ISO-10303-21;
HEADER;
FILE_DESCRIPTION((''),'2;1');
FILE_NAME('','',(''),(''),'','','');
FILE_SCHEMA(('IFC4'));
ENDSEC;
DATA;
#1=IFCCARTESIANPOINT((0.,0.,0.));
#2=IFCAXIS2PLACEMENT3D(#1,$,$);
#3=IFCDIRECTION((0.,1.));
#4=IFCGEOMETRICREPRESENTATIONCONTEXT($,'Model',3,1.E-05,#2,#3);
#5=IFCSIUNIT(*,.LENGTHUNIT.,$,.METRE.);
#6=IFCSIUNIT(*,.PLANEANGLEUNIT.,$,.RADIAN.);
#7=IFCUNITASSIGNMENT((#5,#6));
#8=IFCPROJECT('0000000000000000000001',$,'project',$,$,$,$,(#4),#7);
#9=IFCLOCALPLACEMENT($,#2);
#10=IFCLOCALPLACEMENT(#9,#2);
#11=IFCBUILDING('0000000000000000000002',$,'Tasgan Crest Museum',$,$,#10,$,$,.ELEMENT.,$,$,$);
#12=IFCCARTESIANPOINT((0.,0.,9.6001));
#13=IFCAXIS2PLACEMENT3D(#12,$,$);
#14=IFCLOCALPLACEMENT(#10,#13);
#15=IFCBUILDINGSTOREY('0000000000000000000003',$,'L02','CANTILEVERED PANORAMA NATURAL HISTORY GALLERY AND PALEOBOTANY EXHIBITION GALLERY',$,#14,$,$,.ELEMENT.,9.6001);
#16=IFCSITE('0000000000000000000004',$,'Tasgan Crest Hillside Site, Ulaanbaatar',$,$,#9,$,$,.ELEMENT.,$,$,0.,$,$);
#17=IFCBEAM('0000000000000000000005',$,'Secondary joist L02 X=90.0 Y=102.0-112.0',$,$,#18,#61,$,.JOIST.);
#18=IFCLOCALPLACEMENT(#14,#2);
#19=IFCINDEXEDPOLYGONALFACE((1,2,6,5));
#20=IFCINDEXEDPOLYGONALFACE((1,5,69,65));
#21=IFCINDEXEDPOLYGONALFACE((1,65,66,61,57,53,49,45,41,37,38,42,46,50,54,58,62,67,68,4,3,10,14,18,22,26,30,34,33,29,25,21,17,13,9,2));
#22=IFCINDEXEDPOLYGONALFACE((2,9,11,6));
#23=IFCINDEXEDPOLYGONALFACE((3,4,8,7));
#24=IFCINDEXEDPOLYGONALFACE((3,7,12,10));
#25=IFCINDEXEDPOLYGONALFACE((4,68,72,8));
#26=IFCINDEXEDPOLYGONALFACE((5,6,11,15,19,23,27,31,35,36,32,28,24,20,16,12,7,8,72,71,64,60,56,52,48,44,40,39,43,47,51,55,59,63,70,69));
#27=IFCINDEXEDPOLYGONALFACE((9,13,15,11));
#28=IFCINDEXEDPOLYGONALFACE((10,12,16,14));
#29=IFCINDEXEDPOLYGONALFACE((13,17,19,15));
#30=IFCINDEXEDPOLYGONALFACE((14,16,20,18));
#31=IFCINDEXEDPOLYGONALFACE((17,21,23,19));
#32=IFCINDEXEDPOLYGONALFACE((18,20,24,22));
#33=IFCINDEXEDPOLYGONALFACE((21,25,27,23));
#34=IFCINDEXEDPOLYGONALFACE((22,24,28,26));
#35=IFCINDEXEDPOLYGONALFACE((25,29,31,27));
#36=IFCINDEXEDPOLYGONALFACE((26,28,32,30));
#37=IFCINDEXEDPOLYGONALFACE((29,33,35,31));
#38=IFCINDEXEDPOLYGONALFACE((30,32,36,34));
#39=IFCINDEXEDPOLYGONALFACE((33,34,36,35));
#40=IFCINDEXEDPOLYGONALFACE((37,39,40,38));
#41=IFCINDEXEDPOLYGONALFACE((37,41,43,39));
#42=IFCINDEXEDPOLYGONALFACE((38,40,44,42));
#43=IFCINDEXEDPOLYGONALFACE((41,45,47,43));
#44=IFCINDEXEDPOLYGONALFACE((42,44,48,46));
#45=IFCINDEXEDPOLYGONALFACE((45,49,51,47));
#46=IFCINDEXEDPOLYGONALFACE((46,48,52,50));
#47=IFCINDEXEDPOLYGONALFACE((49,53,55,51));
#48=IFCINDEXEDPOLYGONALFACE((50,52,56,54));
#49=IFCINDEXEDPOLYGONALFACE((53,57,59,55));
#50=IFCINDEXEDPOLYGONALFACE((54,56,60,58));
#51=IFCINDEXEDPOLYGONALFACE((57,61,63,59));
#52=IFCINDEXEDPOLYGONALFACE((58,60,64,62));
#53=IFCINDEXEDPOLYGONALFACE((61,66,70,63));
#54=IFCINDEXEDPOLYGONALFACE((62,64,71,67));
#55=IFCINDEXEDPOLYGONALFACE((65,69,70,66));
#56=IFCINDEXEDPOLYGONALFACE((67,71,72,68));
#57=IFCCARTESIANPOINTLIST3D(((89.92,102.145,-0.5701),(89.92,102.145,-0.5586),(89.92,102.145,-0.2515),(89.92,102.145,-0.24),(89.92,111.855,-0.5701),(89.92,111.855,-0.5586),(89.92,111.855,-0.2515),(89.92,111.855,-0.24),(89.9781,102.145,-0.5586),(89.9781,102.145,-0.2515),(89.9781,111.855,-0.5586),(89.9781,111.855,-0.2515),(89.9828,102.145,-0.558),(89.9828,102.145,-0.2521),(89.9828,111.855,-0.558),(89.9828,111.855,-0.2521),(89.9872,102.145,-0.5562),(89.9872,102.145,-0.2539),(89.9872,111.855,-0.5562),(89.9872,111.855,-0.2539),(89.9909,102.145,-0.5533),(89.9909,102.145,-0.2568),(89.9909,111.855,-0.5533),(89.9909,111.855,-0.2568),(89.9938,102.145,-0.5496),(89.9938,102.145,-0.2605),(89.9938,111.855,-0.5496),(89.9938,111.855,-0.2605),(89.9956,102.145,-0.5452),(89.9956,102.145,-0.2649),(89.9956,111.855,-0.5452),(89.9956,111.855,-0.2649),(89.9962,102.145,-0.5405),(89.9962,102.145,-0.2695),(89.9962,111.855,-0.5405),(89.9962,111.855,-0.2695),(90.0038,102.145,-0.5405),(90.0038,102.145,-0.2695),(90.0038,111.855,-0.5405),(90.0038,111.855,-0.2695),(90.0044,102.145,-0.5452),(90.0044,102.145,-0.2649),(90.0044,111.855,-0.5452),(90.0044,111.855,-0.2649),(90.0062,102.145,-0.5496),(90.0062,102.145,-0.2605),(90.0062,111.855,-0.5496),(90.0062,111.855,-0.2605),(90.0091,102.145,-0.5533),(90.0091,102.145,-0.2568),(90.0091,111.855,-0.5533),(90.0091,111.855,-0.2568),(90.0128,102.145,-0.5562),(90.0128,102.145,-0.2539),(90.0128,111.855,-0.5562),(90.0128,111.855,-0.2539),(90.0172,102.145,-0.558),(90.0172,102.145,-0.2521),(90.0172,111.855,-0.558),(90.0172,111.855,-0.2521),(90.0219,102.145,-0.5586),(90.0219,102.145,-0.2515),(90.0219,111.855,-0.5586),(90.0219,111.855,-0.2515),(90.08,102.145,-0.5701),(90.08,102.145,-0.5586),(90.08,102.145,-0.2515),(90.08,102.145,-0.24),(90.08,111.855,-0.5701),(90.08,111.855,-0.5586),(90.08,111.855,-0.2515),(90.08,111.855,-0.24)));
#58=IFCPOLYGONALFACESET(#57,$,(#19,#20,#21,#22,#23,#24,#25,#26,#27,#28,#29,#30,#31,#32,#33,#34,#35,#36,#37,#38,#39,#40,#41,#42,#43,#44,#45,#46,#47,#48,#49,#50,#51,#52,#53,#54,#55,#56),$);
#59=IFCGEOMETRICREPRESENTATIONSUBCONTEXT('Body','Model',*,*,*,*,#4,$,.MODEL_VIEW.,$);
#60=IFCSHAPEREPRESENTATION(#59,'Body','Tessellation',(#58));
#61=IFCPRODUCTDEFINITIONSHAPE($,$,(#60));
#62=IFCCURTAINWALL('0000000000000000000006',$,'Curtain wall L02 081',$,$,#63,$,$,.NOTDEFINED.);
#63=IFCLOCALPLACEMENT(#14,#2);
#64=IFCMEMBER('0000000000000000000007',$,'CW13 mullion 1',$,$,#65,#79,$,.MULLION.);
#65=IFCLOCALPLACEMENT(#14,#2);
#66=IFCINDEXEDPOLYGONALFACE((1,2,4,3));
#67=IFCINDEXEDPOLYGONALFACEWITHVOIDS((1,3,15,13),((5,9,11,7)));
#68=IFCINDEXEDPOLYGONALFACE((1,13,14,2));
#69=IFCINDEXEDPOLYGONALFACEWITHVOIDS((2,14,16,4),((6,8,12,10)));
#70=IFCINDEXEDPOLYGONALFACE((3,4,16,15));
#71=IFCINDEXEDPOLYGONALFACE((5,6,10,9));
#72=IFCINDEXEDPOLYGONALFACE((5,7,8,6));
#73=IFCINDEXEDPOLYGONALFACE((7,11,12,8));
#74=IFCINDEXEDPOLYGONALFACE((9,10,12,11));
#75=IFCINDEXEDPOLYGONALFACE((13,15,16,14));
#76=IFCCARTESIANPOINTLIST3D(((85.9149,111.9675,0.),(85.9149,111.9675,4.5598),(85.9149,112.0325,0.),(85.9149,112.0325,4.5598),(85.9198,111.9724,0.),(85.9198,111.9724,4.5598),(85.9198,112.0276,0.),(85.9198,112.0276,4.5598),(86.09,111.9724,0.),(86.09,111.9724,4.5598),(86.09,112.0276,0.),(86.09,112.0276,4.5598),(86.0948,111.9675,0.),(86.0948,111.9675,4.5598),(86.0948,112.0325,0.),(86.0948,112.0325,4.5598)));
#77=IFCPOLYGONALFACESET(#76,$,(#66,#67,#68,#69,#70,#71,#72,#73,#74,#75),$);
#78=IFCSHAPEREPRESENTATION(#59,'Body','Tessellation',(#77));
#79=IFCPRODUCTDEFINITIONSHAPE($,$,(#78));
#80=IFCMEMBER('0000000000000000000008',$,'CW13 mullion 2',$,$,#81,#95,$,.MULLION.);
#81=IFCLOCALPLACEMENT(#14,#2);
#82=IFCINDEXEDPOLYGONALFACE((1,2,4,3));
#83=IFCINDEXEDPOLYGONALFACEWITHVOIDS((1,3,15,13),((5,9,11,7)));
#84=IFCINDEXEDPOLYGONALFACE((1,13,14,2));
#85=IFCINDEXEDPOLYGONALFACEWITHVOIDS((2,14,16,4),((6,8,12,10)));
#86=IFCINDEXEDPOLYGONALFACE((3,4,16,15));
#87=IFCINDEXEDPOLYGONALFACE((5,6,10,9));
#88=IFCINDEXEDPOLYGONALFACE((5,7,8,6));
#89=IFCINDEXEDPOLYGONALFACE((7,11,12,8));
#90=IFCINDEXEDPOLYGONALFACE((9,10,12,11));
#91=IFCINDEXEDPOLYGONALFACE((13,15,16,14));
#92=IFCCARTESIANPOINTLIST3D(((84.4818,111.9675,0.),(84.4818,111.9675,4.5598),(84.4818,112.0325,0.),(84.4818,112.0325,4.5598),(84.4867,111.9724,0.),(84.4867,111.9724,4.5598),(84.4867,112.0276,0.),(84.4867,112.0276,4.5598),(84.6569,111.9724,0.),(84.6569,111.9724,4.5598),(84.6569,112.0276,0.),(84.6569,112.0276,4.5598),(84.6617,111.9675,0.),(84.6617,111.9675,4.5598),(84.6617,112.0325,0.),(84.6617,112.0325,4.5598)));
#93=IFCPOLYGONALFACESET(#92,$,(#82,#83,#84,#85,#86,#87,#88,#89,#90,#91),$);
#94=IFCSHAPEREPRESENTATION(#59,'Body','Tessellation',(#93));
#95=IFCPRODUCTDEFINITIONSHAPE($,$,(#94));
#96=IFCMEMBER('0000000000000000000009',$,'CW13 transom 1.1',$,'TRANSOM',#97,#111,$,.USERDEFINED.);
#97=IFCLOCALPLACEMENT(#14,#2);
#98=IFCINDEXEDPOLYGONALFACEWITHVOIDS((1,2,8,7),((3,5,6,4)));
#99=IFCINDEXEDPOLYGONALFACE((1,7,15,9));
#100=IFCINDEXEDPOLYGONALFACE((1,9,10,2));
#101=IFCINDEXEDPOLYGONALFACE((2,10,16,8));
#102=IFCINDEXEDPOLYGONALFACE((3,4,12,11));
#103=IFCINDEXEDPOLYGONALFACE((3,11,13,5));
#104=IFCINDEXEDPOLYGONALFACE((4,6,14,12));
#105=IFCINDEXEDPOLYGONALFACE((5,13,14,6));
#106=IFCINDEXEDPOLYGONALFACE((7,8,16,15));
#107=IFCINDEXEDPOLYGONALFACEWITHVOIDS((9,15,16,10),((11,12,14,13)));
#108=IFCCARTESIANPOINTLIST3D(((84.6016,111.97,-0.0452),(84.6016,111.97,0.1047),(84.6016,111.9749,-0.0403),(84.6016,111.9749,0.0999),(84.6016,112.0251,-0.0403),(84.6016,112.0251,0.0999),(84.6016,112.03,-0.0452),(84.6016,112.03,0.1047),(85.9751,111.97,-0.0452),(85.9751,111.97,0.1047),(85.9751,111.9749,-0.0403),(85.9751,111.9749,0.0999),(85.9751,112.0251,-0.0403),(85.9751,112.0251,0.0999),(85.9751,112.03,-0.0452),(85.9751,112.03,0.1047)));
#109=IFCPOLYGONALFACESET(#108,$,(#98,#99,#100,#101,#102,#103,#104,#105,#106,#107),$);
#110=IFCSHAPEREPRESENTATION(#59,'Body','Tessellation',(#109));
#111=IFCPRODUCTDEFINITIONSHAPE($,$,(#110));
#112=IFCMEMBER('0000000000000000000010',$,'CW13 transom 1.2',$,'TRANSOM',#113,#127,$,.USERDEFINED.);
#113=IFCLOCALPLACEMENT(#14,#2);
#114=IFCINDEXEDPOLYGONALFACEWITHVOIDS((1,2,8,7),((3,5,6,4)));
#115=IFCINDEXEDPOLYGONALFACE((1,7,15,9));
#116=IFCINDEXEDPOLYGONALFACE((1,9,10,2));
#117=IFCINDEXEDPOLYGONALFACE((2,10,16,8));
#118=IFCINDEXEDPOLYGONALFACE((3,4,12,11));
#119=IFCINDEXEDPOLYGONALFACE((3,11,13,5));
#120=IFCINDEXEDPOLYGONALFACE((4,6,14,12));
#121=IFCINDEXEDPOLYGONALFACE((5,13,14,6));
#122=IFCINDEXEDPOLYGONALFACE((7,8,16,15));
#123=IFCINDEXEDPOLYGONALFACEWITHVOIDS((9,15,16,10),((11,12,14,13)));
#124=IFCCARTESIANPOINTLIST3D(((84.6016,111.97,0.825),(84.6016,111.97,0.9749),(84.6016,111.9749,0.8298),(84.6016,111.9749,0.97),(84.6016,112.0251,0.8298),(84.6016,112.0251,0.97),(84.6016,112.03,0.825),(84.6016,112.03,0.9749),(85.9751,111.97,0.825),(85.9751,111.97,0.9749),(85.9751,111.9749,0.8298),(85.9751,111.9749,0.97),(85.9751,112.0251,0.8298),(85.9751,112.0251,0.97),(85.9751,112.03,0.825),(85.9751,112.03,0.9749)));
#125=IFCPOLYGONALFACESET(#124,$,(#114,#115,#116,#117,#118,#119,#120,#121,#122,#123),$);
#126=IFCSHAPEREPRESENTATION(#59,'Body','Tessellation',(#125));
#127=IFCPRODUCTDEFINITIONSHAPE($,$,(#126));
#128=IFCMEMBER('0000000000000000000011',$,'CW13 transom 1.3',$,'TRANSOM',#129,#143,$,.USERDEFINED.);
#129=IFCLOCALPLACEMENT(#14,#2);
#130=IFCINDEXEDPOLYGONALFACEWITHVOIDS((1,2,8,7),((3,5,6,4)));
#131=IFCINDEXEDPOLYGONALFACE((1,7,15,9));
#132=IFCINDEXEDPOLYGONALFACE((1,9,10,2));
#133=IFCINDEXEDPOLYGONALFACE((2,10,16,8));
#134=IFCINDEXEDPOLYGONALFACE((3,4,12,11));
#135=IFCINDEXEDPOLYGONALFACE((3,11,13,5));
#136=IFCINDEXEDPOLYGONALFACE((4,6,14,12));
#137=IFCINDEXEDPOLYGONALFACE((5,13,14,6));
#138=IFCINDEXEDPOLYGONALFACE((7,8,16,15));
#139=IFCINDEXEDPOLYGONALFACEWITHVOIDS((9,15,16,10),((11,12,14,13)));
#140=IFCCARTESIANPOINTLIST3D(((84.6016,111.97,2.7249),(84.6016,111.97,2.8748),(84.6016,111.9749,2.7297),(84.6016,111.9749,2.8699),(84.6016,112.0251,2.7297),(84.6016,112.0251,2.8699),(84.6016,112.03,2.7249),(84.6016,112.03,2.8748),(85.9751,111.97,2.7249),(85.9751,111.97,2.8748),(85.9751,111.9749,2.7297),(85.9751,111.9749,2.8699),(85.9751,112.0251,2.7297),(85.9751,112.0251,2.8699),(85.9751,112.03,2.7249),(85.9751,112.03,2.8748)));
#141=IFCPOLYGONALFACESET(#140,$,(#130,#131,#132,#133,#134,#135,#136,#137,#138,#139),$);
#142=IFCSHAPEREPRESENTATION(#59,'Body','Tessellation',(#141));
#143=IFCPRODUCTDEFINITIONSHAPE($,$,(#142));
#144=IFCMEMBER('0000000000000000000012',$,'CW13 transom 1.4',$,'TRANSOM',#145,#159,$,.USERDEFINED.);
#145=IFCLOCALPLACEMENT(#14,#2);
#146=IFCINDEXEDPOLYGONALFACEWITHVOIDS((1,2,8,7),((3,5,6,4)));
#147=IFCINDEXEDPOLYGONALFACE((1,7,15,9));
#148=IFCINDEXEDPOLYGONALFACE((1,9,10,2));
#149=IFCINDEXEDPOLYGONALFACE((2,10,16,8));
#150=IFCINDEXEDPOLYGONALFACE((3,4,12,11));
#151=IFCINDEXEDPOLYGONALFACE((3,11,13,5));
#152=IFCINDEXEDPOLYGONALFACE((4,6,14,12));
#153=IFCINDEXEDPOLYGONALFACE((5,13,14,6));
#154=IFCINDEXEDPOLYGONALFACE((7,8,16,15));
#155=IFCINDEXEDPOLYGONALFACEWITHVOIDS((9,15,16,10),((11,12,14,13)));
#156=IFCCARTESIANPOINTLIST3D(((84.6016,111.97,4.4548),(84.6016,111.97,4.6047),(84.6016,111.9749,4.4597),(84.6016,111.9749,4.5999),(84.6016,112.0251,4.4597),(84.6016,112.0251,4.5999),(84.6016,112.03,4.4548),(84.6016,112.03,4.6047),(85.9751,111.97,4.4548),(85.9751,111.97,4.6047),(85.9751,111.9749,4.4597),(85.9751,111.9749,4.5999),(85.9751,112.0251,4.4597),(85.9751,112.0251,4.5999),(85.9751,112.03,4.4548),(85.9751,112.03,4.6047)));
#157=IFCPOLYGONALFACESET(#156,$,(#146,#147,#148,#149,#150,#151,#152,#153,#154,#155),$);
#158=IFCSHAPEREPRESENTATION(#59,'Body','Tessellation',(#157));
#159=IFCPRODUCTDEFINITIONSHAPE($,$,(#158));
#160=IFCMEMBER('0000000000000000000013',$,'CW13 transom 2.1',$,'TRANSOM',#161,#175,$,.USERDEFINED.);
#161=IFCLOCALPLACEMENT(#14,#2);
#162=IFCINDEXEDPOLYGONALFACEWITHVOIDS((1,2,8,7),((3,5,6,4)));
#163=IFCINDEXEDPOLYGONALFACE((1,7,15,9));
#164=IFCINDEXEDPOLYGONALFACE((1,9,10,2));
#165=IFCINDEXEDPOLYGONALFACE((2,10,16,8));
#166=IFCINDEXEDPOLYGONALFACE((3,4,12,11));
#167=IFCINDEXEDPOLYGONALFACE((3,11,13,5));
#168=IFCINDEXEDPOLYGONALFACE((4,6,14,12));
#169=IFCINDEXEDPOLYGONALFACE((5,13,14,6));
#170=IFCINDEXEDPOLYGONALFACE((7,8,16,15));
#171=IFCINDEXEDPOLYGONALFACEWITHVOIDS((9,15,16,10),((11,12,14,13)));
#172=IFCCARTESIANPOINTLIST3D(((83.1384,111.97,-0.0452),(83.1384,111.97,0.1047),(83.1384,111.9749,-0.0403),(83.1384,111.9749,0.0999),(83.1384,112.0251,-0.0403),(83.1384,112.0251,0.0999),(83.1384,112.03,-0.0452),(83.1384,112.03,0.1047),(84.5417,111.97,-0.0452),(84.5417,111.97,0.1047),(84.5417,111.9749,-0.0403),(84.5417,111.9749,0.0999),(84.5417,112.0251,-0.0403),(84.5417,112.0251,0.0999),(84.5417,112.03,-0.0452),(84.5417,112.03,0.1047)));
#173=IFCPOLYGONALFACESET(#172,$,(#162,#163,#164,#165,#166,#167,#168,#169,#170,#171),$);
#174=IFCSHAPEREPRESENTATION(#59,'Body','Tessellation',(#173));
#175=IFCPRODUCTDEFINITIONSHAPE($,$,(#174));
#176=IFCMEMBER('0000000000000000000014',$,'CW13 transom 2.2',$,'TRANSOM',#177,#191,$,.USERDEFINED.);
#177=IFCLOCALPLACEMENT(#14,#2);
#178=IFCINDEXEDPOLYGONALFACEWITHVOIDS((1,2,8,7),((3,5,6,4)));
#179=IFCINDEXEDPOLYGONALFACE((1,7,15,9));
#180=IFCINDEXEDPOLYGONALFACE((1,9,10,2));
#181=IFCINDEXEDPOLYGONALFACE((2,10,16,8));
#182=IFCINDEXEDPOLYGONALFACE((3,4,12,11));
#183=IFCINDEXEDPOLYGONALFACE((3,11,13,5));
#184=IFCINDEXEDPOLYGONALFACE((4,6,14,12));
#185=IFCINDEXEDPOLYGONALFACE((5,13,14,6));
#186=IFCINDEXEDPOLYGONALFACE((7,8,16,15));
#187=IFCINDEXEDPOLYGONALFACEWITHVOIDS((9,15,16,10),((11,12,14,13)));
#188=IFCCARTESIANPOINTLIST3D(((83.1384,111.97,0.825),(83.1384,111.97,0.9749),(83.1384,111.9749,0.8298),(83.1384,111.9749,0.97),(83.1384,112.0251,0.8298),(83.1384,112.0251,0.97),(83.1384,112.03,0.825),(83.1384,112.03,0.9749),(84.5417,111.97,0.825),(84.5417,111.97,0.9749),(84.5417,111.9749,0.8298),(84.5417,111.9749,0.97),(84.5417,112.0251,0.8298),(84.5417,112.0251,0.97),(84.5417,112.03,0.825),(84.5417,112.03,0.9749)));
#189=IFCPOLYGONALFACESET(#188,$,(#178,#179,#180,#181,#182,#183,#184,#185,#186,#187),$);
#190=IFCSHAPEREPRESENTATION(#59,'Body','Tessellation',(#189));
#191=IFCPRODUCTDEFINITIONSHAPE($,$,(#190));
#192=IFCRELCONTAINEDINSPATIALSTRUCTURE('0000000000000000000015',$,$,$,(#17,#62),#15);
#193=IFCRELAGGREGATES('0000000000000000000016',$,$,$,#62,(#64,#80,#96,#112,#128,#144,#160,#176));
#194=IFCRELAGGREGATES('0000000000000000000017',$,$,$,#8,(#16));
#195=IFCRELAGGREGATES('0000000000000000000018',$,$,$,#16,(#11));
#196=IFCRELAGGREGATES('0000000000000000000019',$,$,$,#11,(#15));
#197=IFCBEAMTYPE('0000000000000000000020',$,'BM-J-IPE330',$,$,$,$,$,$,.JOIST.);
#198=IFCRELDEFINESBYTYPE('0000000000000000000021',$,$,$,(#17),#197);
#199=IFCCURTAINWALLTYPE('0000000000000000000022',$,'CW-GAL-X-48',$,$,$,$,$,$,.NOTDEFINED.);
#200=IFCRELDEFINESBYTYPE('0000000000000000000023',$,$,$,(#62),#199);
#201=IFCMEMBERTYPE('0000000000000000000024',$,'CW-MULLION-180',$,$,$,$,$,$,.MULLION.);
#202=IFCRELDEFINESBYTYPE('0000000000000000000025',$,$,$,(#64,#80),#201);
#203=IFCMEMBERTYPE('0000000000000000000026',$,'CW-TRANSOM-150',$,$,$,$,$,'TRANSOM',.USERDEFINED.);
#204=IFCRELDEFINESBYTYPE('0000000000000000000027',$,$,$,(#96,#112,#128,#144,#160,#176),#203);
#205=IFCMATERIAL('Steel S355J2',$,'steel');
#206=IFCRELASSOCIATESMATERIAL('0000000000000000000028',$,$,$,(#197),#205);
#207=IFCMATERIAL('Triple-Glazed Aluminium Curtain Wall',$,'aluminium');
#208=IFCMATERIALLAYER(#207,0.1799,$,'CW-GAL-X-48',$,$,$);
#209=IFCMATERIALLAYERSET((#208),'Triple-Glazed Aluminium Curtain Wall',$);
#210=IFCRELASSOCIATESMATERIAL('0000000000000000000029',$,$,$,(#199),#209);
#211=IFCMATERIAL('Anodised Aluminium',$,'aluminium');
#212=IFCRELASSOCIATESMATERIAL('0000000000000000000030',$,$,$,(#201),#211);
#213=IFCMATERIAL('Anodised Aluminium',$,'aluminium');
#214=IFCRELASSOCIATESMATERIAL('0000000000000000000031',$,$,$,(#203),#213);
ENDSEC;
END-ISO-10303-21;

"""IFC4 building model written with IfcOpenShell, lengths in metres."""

from ifc_helpers import new_model, si_unit, direction, frame, origin, origin_2d, place, context, subcontext, project, spatial, hollow_rectangle, i_section, extrude, material, layer, layer_set, material_profile, profile_set, type_object, element, aggregate, save


model = new_model("IFC4")

# Units and contexts
model_context = context("Model", 3, precision=1e-05, world=origin(), true_north=direction((0.0, 1.0)))
body_context = subcontext(model_context, "Body", "Model", "MODEL_VIEW")
ifc_project = project(units=[si_unit("LENGTHUNIT", "METRE"), si_unit("PLANEANGLEUNIT", "RADIAN")], contexts=[model_context])

# Site, building, storey
site_placement = place(None, origin())
site = spatial("IfcSite", under=ifc_project, at=site_placement, Name="Tasgan Crest Hillside Site, Ulaanbaatar", CompositionType="ELEMENT", RefElevation=0.0)
building_placement = place(site_placement, origin())
building = spatial("IfcBuilding", under=site, at=building_placement, Name="Tasgan Crest Museum", CompositionType="ELEMENT")
storey_placement = place(building_placement, frame((0.0, 0.0, 9.6001)))
storey = spatial("IfcBuildingStorey", under=building, at=storey_placement, Name="L02", Description="CANTILEVERED PANORAMA NATURAL HISTORY GALLERY AND PALEOBOTANY EXHIBITION GALLERY", CompositionType="ELEMENT", Elevation=9.6001)

# Beam
ifc_material_1 = material(Name="Steel S355J2", Category="steel")
ifc_material_profile_1 = material_profile(ifc_material_1, i_section(OverallWidth=0.1599, OverallDepth=0.3301, WebThickness=0.0076, FlangeThickness=0.0115, FilletRadius=0.0181, at=origin_2d()), Name="IPE 330")
ifc_profile_set_1 = profile_set([ifc_material_profile_1], Name="Steel S355J2")
beam_type_1 = type_object("IfcBeamType", Name="BM-J-IPE330", PredefinedType="JOIST", material=ifc_profile_set_1)
beam_1_placement = place(storey_placement, frame((90.0, 102.145, -0.405), z_axis=(0.0, 1.0, 0.0), x_axis=(-1.0, 0.0, 0.0)))
element("IfcBeam", 1, at=beam_1_placement, inside=storey, type_object=beam_type_1, Name="Secondary joist L02 X=90.0 Y=102.0-112.0", PredefinedType="JOIST", context=body_context, shape_type="SweptSolid", body=[
    extrude(i_section(OverallWidth=0.1599, OverallDepth=0.3301, WebThickness=0.0076, FlangeThickness=0.0115, FilletRadius=0.0181, at=origin_2d()), origin(), (0.0, 0.0, 1.0), 9.71),
])

# Curtain wall, members
ifc_material_2 = material(Name="Triple-Glazed Aluminium Curtain Wall", Category="aluminium")
ifc_layer_1 = layer(ifc_material_2, 0.1799, Name="CW-GAL-X-48")
ifc_layer_set_1 = layer_set([ifc_layer_1], Name="Triple-Glazed Aluminium Curtain Wall")
curtain_wall_type = type_object("IfcCurtainWallType", Name="CW-GAL-X-48", PredefinedType="NOTDEFINED", material=ifc_layer_set_1)
curtain_wall_placement = place(storey_placement, origin())
curtain_wall = element("IfcCurtainWall", 2, at=curtain_wall_placement, inside=storey, type_object=curtain_wall_type, Name="Curtain wall L02 081", PredefinedType="NOTDEFINED")
ifc_material_3 = material(Name="Anodised Aluminium", Category="aluminium")
ifc_material_profile_2 = material_profile(ifc_material_3, hollow_rectangle(XDim=0.0649, YDim=0.1799, WallThickness=0.0049, at=origin_2d()), Name="ALU MULLION 180x65x5")
ifc_profile_set_2 = profile_set([ifc_material_profile_2], Name="Anodised Aluminium")
member_type_1 = type_object("IfcMemberType", Name="CW-MULLION-180", PredefinedType="MULLION", material=ifc_profile_set_2)
member_1_placement = place(storey_placement, frame((86.0049, 112.0, 0.0), z_axis=(0.0, 0.0, 1.0), x_axis=(0.0, -1.0, 0.0)))
member_1 = element("IfcMember", 3, at=member_1_placement, type_object=member_type_1, Name="CW13 mullion 1", PredefinedType="MULLION", context=body_context, shape_type="SweptSolid", body=[
    extrude(hollow_rectangle(XDim=0.0649, YDim=0.1799, WallThickness=0.0049, at=origin_2d()), origin(), (0.0, 0.0, 1.0), 4.5598),
])
member_2_placement = place(storey_placement, frame((84.5718, 112.0, 0.0), z_axis=(0.0, 0.0, 1.0), x_axis=(0.0, -1.0, 0.0)))
member_2 = element("IfcMember", 4, at=member_2_placement, type_object=member_type_1, Name="CW13 mullion 2", PredefinedType="MULLION", context=body_context, shape_type="SweptSolid", body=[
    extrude(hollow_rectangle(XDim=0.0649, YDim=0.1799, WallThickness=0.0049, at=origin_2d()), origin(), (0.0, 0.0, 1.0), 4.5598),
])
ifc_material_4 = material(Name="Anodised Aluminium", Category="aluminium")
ifc_material_profile_3 = material_profile(ifc_material_4, hollow_rectangle(XDim=0.0601, YDim=0.1499, WallThickness=0.0049, at=origin_2d()), Name="ALU TRANSOM 150x60x5")
ifc_profile_set_3 = profile_set([ifc_material_profile_3], Name="Anodised Aluminium")
member_type_2 = type_object("IfcMemberType", Name="CW-TRANSOM-150", ElementType="TRANSOM", PredefinedType="USERDEFINED", material=ifc_profile_set_3)
member_3_placement = place(storey_placement, frame((85.9751, 112.0, 0.0298), z_axis=(-1.0, 0.0, 0.0), x_axis=(0.0, -1.0, 0.0)))
member_3 = element("IfcMember", 5, at=member_3_placement, type_object=member_type_2, Name="CW13 transom 1.1", ObjectType="TRANSOM", PredefinedType="USERDEFINED", context=body_context, shape_type="SweptSolid", body=[
    extrude(hollow_rectangle(XDim=0.0601, YDim=0.1499, WallThickness=0.0049, at=origin_2d()), origin(), (0.0, 0.0, 1.0), 1.3735),
])
member_4_placement = place(storey_placement, frame((85.9751, 112.0, 0.8999), z_axis=(-1.0, 0.0, 0.0), x_axis=(0.0, -1.0, 0.0)))
member_4 = element("IfcMember", 6, at=member_4_placement, type_object=member_type_2, Name="CW13 transom 1.2", ObjectType="TRANSOM", PredefinedType="USERDEFINED", context=body_context, shape_type="SweptSolid", body=[
    extrude(hollow_rectangle(XDim=0.0601, YDim=0.1499, WallThickness=0.0049, at=origin_2d()), origin(), (0.0, 0.0, 1.0), 1.3735),
])
member_5_placement = place(storey_placement, frame((85.9751, 112.0, 2.7998), z_axis=(-1.0, 0.0, 0.0), x_axis=(0.0, -1.0, 0.0)))
member_5 = element("IfcMember", 7, at=member_5_placement, type_object=member_type_2, Name="CW13 transom 1.3", ObjectType="TRANSOM", PredefinedType="USERDEFINED", context=body_context, shape_type="SweptSolid", body=[
    extrude(hollow_rectangle(XDim=0.0601, YDim=0.1499, WallThickness=0.0049, at=origin_2d()), origin(), (0.0, 0.0, 1.0), 1.3735),
])
member_6_placement = place(storey_placement, frame((85.9751, 112.0, 4.5298), z_axis=(-1.0, 0.0, 0.0), x_axis=(0.0, -1.0, 0.0)))
member_6 = element("IfcMember", 8, at=member_6_placement, type_object=member_type_2, Name="CW13 transom 1.4", ObjectType="TRANSOM", PredefinedType="USERDEFINED", context=body_context, shape_type="SweptSolid", body=[
    extrude(hollow_rectangle(XDim=0.0601, YDim=0.1499, WallThickness=0.0049, at=origin_2d()), origin(), (0.0, 0.0, 1.0), 1.3735),
])
member_7_placement = place(storey_placement, frame((84.5417, 112.0, 0.0298), z_axis=(-1.0, 0.0, 0.0), x_axis=(0.0, -1.0, 0.0)))
member_7 = element("IfcMember", 9, at=member_7_placement, type_object=member_type_2, Name="CW13 transom 2.1", ObjectType="TRANSOM", PredefinedType="USERDEFINED", context=body_context, shape_type="SweptSolid", body=[
    extrude(hollow_rectangle(XDim=0.0601, YDim=0.1499, WallThickness=0.0049, at=origin_2d()), origin(), (0.0, 0.0, 1.0), 1.4033),
])
member_8_placement = place(storey_placement, frame((84.5417, 112.0, 0.8999), z_axis=(-1.0, 0.0, 0.0), x_axis=(0.0, -1.0, 0.0)))
member_8 = element("IfcMember", 10, at=member_8_placement, type_object=member_type_2, Name="CW13 transom 2.2", ObjectType="TRANSOM", PredefinedType="USERDEFINED", context=body_context, shape_type="SweptSolid", body=[
    extrude(hollow_rectangle(XDim=0.0601, YDim=0.1499, WallThickness=0.0049, at=origin_2d()), origin(), (0.0, 0.0, 1.0), 1.4033),
])
aggregate(curtain_wall, [member_1, member_2, member_3, member_4, member_5, member_6, member_7, member_8])

save(model, "model.ifc")
